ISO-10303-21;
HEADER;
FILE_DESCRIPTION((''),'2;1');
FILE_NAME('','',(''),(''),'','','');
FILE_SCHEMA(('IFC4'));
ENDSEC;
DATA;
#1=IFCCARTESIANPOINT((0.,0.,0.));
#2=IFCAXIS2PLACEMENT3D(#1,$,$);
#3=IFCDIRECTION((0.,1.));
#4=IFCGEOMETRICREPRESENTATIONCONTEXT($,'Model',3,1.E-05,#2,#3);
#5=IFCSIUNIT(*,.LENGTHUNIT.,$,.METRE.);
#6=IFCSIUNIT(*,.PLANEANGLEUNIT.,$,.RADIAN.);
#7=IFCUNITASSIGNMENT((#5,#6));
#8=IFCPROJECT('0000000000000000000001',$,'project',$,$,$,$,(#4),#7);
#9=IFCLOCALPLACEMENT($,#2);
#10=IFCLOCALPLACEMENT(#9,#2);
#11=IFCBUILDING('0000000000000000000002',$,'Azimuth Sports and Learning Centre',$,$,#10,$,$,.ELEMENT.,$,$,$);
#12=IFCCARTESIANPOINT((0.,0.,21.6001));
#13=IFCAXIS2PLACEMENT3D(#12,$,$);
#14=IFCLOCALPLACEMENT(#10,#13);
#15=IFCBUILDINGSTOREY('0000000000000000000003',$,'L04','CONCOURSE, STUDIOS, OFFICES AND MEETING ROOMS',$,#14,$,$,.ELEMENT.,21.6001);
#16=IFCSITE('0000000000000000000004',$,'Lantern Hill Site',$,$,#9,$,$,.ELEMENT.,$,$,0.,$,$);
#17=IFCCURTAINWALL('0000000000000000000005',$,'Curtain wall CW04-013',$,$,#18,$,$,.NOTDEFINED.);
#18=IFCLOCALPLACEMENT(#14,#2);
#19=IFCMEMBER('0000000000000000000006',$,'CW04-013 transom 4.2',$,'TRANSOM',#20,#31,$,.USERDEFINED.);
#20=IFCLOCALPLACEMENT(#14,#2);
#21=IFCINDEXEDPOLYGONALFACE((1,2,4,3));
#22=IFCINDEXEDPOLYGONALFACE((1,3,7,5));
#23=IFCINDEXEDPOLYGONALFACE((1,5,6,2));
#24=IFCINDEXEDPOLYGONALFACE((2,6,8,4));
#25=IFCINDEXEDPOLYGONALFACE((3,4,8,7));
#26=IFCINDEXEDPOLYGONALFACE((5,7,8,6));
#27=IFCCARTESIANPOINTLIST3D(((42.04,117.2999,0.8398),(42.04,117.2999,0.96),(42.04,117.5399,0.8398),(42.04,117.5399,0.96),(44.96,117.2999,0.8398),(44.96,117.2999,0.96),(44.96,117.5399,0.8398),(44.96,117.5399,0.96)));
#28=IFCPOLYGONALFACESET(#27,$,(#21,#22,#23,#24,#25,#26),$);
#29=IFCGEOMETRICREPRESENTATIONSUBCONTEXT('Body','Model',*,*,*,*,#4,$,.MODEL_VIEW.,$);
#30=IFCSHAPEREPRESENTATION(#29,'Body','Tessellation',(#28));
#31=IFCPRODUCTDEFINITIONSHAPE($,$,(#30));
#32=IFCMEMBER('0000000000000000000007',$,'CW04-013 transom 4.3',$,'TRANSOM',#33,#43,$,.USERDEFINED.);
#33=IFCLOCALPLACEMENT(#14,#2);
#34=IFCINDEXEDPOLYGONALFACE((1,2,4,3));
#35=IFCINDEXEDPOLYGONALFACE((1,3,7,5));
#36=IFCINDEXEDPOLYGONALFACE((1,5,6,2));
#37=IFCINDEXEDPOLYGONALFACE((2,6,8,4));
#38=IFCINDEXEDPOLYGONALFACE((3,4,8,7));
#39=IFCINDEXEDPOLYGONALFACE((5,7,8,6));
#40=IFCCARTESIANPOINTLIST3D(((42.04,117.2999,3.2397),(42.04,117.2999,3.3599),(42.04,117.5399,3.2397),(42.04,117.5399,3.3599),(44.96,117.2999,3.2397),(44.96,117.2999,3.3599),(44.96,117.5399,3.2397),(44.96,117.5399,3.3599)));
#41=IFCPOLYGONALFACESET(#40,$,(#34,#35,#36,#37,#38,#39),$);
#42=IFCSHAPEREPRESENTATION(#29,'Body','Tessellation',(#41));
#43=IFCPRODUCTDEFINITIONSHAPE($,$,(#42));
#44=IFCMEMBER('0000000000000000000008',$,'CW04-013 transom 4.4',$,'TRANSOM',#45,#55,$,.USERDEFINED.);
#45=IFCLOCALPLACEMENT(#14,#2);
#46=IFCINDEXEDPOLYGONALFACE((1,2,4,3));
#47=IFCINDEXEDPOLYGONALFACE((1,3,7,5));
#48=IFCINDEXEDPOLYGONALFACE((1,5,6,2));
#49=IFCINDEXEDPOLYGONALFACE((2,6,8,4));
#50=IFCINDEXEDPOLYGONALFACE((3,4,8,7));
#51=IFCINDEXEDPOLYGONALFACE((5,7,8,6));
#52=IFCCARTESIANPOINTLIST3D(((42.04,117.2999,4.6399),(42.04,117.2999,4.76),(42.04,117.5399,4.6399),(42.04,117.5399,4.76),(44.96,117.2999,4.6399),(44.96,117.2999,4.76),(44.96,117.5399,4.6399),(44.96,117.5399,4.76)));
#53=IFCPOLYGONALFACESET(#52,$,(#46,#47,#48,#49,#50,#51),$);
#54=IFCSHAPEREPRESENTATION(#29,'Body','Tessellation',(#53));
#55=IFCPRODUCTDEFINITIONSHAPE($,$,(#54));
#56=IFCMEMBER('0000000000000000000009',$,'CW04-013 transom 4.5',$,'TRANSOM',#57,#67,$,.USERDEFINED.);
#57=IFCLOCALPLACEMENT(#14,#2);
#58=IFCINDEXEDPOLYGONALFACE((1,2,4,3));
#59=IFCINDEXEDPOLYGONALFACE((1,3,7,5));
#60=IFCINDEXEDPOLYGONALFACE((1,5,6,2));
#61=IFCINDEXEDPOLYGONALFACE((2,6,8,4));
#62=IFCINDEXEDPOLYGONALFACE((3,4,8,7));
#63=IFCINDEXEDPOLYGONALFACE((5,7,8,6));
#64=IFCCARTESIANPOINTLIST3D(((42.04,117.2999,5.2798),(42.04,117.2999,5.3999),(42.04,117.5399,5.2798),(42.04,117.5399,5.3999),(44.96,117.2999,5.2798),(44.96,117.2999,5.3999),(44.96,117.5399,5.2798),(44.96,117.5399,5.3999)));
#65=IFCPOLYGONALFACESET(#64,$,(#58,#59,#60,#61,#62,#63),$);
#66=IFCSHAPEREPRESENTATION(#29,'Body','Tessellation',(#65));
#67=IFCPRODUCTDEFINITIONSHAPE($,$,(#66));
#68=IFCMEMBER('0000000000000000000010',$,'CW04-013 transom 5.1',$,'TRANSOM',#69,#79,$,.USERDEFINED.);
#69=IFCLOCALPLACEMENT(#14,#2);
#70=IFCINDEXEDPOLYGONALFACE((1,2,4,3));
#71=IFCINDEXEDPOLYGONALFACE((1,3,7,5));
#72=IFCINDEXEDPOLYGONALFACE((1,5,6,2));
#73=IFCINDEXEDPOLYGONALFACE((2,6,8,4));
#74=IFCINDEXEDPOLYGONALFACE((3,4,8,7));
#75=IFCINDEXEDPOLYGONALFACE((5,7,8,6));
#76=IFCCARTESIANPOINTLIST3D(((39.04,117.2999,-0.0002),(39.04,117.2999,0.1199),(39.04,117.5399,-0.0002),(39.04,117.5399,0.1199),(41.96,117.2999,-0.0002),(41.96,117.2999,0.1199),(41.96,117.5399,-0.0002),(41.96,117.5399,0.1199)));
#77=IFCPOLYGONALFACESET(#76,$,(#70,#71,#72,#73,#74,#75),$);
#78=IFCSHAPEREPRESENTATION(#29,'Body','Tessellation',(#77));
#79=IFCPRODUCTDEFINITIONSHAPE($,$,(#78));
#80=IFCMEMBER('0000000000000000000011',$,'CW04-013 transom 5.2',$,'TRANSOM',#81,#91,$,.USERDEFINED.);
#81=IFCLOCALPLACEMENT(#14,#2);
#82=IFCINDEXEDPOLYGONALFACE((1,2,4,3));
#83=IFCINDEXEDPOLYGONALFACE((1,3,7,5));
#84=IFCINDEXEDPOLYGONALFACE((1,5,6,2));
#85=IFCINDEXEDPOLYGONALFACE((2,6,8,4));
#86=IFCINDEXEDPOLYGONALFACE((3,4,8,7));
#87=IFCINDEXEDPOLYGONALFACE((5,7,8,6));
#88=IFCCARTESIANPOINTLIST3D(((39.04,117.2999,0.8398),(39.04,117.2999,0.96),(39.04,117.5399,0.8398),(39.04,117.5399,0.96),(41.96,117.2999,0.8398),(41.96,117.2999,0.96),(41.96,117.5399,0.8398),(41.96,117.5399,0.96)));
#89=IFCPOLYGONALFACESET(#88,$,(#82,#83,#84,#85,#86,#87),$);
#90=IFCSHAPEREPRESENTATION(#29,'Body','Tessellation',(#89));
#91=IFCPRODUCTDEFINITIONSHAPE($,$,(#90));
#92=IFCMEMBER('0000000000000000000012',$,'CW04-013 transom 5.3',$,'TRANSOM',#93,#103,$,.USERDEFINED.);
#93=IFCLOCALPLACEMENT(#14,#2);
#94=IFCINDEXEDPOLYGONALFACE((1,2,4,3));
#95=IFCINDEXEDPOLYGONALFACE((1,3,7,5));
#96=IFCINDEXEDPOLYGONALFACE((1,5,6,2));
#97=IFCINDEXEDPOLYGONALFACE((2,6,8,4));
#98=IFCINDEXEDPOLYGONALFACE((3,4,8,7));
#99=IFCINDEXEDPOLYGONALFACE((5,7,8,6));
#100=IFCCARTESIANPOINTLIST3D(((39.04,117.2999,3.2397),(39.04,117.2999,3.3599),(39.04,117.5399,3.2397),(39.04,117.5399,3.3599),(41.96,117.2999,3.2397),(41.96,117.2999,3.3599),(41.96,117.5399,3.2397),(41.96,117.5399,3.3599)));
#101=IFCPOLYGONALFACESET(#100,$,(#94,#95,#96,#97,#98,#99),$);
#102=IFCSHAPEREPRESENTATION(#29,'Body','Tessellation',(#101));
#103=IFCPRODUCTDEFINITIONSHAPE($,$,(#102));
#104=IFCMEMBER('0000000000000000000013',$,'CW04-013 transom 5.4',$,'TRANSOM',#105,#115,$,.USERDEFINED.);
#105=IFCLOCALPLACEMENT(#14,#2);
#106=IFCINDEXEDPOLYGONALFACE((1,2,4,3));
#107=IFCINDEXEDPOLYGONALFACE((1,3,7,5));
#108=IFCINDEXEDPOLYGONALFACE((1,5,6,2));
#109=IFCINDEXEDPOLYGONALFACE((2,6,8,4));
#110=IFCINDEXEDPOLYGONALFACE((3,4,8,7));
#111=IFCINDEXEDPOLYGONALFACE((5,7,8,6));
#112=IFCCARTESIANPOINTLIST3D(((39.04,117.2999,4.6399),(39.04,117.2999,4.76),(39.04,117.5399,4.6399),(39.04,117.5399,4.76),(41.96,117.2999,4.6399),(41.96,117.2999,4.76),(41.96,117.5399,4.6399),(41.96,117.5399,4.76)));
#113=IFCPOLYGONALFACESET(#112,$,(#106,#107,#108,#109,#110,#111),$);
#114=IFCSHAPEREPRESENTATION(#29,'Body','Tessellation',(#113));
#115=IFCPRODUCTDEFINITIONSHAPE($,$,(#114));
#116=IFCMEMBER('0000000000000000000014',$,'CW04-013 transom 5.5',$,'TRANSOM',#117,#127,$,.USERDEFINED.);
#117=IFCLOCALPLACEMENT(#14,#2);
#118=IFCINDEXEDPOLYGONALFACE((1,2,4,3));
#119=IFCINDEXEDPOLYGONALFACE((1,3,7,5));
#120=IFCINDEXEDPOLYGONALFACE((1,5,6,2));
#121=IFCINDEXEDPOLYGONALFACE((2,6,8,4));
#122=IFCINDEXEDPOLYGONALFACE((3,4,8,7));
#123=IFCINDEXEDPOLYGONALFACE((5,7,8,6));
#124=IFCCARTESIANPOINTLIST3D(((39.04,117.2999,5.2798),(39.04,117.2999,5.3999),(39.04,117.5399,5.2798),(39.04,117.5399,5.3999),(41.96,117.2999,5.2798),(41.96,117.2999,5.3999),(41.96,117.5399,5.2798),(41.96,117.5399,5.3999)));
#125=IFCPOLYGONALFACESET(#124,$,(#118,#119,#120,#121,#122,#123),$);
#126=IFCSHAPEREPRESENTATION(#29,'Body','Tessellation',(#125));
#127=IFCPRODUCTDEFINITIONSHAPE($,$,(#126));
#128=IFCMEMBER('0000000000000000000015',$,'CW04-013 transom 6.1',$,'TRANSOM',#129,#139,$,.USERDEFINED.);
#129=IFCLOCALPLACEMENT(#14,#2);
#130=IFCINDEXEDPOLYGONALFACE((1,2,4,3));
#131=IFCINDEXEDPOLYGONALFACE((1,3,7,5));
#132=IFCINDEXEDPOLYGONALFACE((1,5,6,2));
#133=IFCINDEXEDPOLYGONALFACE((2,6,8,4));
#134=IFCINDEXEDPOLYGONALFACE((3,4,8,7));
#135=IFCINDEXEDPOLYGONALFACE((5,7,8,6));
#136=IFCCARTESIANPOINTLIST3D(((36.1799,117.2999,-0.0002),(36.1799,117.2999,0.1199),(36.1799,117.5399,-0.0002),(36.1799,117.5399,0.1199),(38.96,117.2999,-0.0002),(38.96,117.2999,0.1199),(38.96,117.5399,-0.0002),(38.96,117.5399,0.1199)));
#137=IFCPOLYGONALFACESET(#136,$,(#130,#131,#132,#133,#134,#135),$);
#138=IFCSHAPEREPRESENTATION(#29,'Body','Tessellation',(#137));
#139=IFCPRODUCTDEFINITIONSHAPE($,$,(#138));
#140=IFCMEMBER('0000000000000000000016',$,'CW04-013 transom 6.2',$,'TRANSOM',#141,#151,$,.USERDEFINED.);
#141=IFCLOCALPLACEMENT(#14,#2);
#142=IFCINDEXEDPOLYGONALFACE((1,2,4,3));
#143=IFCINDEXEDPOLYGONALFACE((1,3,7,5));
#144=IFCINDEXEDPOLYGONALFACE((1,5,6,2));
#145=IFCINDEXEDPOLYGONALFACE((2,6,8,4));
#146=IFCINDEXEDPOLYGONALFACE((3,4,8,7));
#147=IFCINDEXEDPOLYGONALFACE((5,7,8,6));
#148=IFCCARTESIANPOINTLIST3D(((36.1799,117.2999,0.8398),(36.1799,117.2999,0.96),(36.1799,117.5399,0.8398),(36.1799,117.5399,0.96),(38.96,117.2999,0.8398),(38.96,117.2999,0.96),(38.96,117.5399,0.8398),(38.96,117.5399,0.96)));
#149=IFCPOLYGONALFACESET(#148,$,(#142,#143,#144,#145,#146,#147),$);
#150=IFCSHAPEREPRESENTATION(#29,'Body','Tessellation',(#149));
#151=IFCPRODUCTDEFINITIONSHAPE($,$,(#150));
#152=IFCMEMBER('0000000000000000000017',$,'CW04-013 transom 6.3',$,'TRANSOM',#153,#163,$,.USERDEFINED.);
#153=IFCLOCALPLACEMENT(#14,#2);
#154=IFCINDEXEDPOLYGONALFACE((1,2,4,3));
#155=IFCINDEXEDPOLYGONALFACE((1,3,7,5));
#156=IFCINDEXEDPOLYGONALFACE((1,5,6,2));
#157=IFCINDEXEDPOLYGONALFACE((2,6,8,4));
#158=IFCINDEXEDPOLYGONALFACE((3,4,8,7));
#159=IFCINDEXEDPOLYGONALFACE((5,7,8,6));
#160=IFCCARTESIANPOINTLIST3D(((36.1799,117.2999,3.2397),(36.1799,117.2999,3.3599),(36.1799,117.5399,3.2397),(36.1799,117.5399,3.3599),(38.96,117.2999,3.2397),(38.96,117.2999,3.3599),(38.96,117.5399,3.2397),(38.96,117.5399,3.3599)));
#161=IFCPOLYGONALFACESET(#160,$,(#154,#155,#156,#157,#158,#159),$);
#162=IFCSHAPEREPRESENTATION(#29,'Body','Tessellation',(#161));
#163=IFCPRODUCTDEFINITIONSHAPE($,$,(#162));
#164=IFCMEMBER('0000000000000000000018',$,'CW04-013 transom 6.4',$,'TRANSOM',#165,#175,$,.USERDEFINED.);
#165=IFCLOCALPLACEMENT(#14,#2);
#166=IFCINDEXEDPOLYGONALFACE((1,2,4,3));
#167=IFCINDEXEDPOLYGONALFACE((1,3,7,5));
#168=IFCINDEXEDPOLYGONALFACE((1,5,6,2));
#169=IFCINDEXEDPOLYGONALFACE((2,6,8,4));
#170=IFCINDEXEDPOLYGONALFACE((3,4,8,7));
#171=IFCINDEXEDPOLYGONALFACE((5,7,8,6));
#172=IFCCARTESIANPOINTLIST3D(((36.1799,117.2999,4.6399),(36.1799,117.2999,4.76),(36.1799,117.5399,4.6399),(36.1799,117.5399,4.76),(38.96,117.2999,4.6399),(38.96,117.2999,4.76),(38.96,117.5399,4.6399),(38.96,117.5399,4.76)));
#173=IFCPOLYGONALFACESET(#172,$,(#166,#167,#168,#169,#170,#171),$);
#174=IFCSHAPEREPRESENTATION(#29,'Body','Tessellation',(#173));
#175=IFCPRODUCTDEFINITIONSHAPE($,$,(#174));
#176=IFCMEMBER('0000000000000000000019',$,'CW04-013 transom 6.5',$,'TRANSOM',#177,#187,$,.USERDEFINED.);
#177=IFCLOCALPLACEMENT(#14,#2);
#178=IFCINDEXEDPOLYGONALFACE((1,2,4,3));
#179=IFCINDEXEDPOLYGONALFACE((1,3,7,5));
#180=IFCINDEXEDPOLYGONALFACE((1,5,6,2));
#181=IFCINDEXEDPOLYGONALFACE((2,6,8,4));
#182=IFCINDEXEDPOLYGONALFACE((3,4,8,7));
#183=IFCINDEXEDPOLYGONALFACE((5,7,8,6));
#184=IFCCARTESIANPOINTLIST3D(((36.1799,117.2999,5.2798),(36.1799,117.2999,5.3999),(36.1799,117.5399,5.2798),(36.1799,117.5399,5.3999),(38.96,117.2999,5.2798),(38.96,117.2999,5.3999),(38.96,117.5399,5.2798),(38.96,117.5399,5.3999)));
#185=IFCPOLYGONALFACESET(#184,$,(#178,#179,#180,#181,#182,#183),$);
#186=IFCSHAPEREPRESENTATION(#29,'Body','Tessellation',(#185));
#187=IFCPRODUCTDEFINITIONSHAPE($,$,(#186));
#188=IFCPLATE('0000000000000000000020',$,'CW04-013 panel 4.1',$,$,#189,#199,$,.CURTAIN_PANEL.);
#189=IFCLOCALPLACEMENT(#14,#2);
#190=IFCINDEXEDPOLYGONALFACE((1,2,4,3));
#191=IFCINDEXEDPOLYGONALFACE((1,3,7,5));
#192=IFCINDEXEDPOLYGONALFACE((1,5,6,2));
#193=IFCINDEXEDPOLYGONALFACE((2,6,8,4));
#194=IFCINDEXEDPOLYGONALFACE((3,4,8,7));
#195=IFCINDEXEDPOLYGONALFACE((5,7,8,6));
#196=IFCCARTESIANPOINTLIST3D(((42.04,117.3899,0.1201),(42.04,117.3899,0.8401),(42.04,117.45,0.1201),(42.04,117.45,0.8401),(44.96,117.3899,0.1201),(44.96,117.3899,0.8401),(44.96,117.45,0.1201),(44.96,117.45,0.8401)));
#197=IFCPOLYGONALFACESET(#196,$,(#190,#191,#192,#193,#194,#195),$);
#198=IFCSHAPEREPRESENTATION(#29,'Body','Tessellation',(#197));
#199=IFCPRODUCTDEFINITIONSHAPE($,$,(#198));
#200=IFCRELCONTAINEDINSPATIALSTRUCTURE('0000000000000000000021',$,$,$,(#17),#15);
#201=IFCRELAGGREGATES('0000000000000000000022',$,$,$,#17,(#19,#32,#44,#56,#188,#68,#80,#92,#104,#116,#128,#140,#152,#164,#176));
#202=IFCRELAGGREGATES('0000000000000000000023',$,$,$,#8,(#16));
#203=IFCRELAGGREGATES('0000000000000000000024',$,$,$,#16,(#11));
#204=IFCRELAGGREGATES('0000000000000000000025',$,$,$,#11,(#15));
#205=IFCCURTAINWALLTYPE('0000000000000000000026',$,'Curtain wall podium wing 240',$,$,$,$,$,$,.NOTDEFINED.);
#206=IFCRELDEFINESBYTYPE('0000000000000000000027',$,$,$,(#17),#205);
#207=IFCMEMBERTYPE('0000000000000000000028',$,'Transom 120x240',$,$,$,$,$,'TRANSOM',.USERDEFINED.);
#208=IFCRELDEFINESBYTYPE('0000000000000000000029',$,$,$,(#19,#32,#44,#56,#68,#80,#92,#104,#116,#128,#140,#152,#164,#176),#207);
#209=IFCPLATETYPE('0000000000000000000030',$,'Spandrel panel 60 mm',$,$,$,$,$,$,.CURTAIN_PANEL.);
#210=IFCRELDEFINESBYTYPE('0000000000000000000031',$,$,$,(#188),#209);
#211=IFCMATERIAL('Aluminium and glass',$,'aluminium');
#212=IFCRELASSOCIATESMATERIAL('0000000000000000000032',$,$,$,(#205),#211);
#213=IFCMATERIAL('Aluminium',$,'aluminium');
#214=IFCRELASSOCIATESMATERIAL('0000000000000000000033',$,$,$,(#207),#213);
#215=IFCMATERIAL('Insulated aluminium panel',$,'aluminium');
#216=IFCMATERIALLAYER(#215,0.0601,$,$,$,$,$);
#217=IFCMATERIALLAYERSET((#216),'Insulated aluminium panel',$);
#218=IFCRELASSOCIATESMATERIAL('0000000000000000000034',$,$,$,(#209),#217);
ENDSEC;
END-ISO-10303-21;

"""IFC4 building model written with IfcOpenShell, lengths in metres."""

from ifc_helpers import new_model, si_unit, direction, frame, origin, origin_2d, place, context, subcontext, project, spatial, rectangle, extrude, material, layer, layer_set, material_profile, profile_set, type_object, element, aggregate, save


model = new_model("IFC4")

# Units and contexts
model_context = context("Model", 3, precision=1e-05, world=origin(), true_north=direction((0.0, 1.0)))
body_context = subcontext(model_context, "Body", "Model", "MODEL_VIEW")
ifc_project = project(units=[si_unit("LENGTHUNIT", "METRE"), si_unit("PLANEANGLEUNIT", "RADIAN")], contexts=[model_context])

# Site, building, storey
site_placement = place(None, origin())
site = spatial("IfcSite", under=ifc_project, at=site_placement, Name="Lantern Hill Site", CompositionType="ELEMENT", RefElevation=0.0)
building_placement = place(site_placement, origin())
building = spatial("IfcBuilding", under=site, at=building_placement, Name="Azimuth Sports and Learning Centre", CompositionType="ELEMENT")
storey_placement = place(building_placement, frame((0.0, 0.0, 21.6001)))
storey = spatial("IfcBuildingStorey", under=building, at=storey_placement, Name="L04", Description="CONCOURSE, STUDIOS, OFFICES AND MEETING ROOMS", CompositionType="ELEMENT", Elevation=21.6001)

# Curtain wall, members, plate
ifc_material_1 = material(Name="Aluminium and glass", Category="aluminium")
curtain_wall_type = type_object("IfcCurtainWallType", Name="Curtain wall podium wing 240", PredefinedType="NOTDEFINED", material=ifc_material_1)
curtain_wall_placement = place(storey_placement, origin())
curtain_wall = element("IfcCurtainWall", 1, at=curtain_wall_placement, inside=storey, type_object=curtain_wall_type, Name="Curtain wall CW04-013", PredefinedType="NOTDEFINED")
ifc_material_2 = material(Name="Aluminium", Category="aluminium")
ifc_material_profile_1 = material_profile(ifc_material_2, rectangle(XDim=0.24, YDim=0.1201, at=origin_2d()), Name="Transom 120x240")
ifc_profile_set_1 = profile_set([ifc_material_profile_1], Name="Aluminium")
member_type_1 = type_object("IfcMemberType", Name="Transom 120x240", ElementType="TRANSOM", PredefinedType="USERDEFINED", material=ifc_profile_set_1)
member_1_placement = place(storey_placement, frame((44.96, 117.4199, 0.8999), z_axis=(-1.0, 0.0, 0.0), x_axis=(0.0, -1.0, 0.0)))
member_1 = element("IfcMember", 2, at=member_1_placement, type_object=member_type_1, Name="CW04-013 transom 4.2", ObjectType="TRANSOM", PredefinedType="USERDEFINED", context=body_context, shape_type="SweptSolid", body=[
    extrude(rectangle(XDim=0.24, YDim=0.1201, at=origin_2d()), origin(), (0.0, 0.0, 1.0), 2.9199),
])
member_2_placement = place(storey_placement, frame((44.96, 117.4199, 3.2998), z_axis=(-1.0, 0.0, 0.0), x_axis=(0.0, -1.0, 0.0)))
member_2 = element("IfcMember", 3, at=member_2_placement, type_object=member_type_1, Name="CW04-013 transom 4.3", ObjectType="TRANSOM", PredefinedType="USERDEFINED", context=body_context, shape_type="SweptSolid", body=[
    extrude(rectangle(XDim=0.24, YDim=0.1201, at=origin_2d()), origin(), (0.0, 0.0, 1.0), 2.9199),
])
member_3_placement = place(storey_placement, frame((44.96, 117.4199, 4.7), z_axis=(-1.0, 0.0, 0.0), x_axis=(0.0, -1.0, 0.0)))
member_3 = element("IfcMember", 4, at=member_3_placement, type_object=member_type_1, Name="CW04-013 transom 4.4", ObjectType="TRANSOM", PredefinedType="USERDEFINED", context=body_context, shape_type="SweptSolid", body=[
    extrude(rectangle(XDim=0.24, YDim=0.1201, at=origin_2d()), origin(), (0.0, 0.0, 1.0), 2.9199),
])
member_4_placement = place(storey_placement, frame((44.96, 117.4199, 5.3398), z_axis=(-1.0, 0.0, 0.0), x_axis=(0.0, -1.0, 0.0)))
member_4 = element("IfcMember", 5, at=member_4_placement, type_object=member_type_1, Name="CW04-013 transom 4.5", ObjectType="TRANSOM", PredefinedType="USERDEFINED", context=body_context, shape_type="SweptSolid", body=[
    extrude(rectangle(XDim=0.24, YDim=0.1201, at=origin_2d()), origin(), (0.0, 0.0, 1.0), 2.9199),
])
member_5_placement = place(storey_placement, frame((41.96, 117.4199, 0.0598), z_axis=(-1.0, 0.0, 0.0), x_axis=(0.0, -1.0, 0.0)))
member_5 = element("IfcMember", 6, at=member_5_placement, type_object=member_type_1, Name="CW04-013 transom 5.1", ObjectType="TRANSOM", PredefinedType="USERDEFINED", context=body_context, shape_type="SweptSolid", body=[
    extrude(rectangle(XDim=0.24, YDim=0.1201, at=origin_2d()), origin(), (0.0, 0.0, 1.0), 2.9199),
])
member_6_placement = place(storey_placement, frame((41.96, 117.4199, 0.8999), z_axis=(-1.0, 0.0, 0.0), x_axis=(0.0, -1.0, 0.0)))
member_6 = element("IfcMember", 7, at=member_6_placement, type_object=member_type_1, Name="CW04-013 transom 5.2", ObjectType="TRANSOM", PredefinedType="USERDEFINED", context=body_context, shape_type="SweptSolid", body=[
    extrude(rectangle(XDim=0.24, YDim=0.1201, at=origin_2d()), origin(), (0.0, 0.0, 1.0), 2.9199),
])
member_7_placement = place(storey_placement, frame((41.96, 117.4199, 3.2998), z_axis=(-1.0, 0.0, 0.0), x_axis=(0.0, -1.0, 0.0)))
member_7 = element("IfcMember", 8, at=member_7_placement, type_object=member_type_1, Name="CW04-013 transom 5.3", ObjectType="TRANSOM", PredefinedType="USERDEFINED", context=body_context, shape_type="SweptSolid", body=[
    extrude(rectangle(XDim=0.24, YDim=0.1201, at=origin_2d()), origin(), (0.0, 0.0, 1.0), 2.9199),
])
member_8_placement = place(storey_placement, frame((41.96, 117.4199, 4.7), z_axis=(-1.0, 0.0, 0.0), x_axis=(0.0, -1.0, 0.0)))
member_8 = element("IfcMember", 9, at=member_8_placement, type_object=member_type_1, Name="CW04-013 transom 5.4", ObjectType="TRANSOM", PredefinedType="USERDEFINED", context=body_context, shape_type="SweptSolid", body=[
    extrude(rectangle(XDim=0.24, YDim=0.1201, at=origin_2d()), origin(), (0.0, 0.0, 1.0), 2.9199),
])
member_9_placement = place(storey_placement, frame((41.96, 117.4199, 5.3398), z_axis=(-1.0, 0.0, 0.0), x_axis=(0.0, -1.0, 0.0)))
member_9 = element("IfcMember", 10, at=member_9_placement, type_object=member_type_1, Name="CW04-013 transom 5.5", ObjectType="TRANSOM", PredefinedType="USERDEFINED", context=body_context, shape_type="SweptSolid", body=[
    extrude(rectangle(XDim=0.24, YDim=0.1201, at=origin_2d()), origin(), (0.0, 0.0, 1.0), 2.9199),
])
member_10_placement = place(storey_placement, frame((38.96, 117.4199, 0.0598), z_axis=(-1.0, 0.0, 0.0), x_axis=(0.0, -1.0, 0.0)))
member_10 = element("IfcMember", 11, at=member_10_placement, type_object=member_type_1, Name="CW04-013 transom 6.1", ObjectType="TRANSOM", PredefinedType="USERDEFINED", context=body_context, shape_type="SweptSolid", body=[
    extrude(rectangle(XDim=0.24, YDim=0.1201, at=origin_2d()), origin(), (0.0, 0.0, 1.0), 2.78),
])
member_11_placement = place(storey_placement, frame((38.96, 117.4199, 0.8999), z_axis=(-1.0, 0.0, 0.0), x_axis=(0.0, -1.0, 0.0)))
member_11 = element("IfcMember", 12, at=member_11_placement, type_object=member_type_1, Name="CW04-013 transom 6.2", ObjectType="TRANSOM", PredefinedType="USERDEFINED", context=body_context, shape_type="SweptSolid", body=[
    extrude(rectangle(XDim=0.24, YDim=0.1201, at=origin_2d()), origin(), (0.0, 0.0, 1.0), 2.78),
])
member_12_placement = place(storey_placement, frame((38.96, 117.4199, 3.2998), z_axis=(-1.0, 0.0, 0.0), x_axis=(0.0, -1.0, 0.0)))
member_12 = element("IfcMember", 13, at=member_12_placement, type_object=member_type_1, Name="CW04-013 transom 6.3", ObjectType="TRANSOM", PredefinedType="USERDEFINED", context=body_context, shape_type="SweptSolid", body=[
    extrude(rectangle(XDim=0.24, YDim=0.1201, at=origin_2d()), origin(), (0.0, 0.0, 1.0), 2.78),
])
member_13_placement = place(storey_placement, frame((38.96, 117.4199, 4.7), z_axis=(-1.0, 0.0, 0.0), x_axis=(0.0, -1.0, 0.0)))
member_13 = element("IfcMember", 14, at=member_13_placement, type_object=member_type_1, Name="CW04-013 transom 6.4", ObjectType="TRANSOM", PredefinedType="USERDEFINED", context=body_context, shape_type="SweptSolid", body=[
    extrude(rectangle(XDim=0.24, YDim=0.1201, at=origin_2d()), origin(), (0.0, 0.0, 1.0), 2.78),
])
member_14_placement = place(storey_placement, frame((38.96, 117.4199, 5.3398), z_axis=(-1.0, 0.0, 0.0), x_axis=(0.0, -1.0, 0.0)))
member_14 = element("IfcMember", 15, at=member_14_placement, type_object=member_type_1, Name="CW04-013 transom 6.5", ObjectType="TRANSOM", PredefinedType="USERDEFINED", context=body_context, shape_type="SweptSolid", body=[
    extrude(rectangle(XDim=0.24, YDim=0.1201, at=origin_2d()), origin(), (0.0, 0.0, 1.0), 2.78),
])
ifc_material_3 = material(Name="Insulated aluminium panel", Category="aluminium")
ifc_layer_1 = layer(ifc_material_3, 0.0601)
ifc_layer_set_1 = layer_set([ifc_layer_1], Name="Insulated aluminium panel")
plate_type_1 = type_object("IfcPlateType", Name="Spandrel panel 60 mm", PredefinedType="CURTAIN_PANEL", material=ifc_layer_set_1)
plate_1_placement = place(storey_placement, frame((43.5, 117.4199, 0.1201), z_axis=(0.0, 0.0, 1.0), x_axis=(-1.0, 0.0, 0.0)))
plate_1 = element("IfcPlate", 16, at=plate_1_placement, type_object=plate_type_1, Name="CW04-013 panel 4.1", PredefinedType="CURTAIN_PANEL", context=body_context, shape_type="SweptSolid", body=[
    extrude(rectangle(XDim=2.9199, YDim=0.0601, at=origin_2d()), origin(), (0.0, 0.0, 1.0), 0.72),
])
aggregate(curtain_wall, [member_1, member_2, member_3, member_4, plate_1, member_5, member_6, member_7, member_8, member_9, member_10, member_11, member_12, member_13, member_14])

save(model, "model.ifc")
